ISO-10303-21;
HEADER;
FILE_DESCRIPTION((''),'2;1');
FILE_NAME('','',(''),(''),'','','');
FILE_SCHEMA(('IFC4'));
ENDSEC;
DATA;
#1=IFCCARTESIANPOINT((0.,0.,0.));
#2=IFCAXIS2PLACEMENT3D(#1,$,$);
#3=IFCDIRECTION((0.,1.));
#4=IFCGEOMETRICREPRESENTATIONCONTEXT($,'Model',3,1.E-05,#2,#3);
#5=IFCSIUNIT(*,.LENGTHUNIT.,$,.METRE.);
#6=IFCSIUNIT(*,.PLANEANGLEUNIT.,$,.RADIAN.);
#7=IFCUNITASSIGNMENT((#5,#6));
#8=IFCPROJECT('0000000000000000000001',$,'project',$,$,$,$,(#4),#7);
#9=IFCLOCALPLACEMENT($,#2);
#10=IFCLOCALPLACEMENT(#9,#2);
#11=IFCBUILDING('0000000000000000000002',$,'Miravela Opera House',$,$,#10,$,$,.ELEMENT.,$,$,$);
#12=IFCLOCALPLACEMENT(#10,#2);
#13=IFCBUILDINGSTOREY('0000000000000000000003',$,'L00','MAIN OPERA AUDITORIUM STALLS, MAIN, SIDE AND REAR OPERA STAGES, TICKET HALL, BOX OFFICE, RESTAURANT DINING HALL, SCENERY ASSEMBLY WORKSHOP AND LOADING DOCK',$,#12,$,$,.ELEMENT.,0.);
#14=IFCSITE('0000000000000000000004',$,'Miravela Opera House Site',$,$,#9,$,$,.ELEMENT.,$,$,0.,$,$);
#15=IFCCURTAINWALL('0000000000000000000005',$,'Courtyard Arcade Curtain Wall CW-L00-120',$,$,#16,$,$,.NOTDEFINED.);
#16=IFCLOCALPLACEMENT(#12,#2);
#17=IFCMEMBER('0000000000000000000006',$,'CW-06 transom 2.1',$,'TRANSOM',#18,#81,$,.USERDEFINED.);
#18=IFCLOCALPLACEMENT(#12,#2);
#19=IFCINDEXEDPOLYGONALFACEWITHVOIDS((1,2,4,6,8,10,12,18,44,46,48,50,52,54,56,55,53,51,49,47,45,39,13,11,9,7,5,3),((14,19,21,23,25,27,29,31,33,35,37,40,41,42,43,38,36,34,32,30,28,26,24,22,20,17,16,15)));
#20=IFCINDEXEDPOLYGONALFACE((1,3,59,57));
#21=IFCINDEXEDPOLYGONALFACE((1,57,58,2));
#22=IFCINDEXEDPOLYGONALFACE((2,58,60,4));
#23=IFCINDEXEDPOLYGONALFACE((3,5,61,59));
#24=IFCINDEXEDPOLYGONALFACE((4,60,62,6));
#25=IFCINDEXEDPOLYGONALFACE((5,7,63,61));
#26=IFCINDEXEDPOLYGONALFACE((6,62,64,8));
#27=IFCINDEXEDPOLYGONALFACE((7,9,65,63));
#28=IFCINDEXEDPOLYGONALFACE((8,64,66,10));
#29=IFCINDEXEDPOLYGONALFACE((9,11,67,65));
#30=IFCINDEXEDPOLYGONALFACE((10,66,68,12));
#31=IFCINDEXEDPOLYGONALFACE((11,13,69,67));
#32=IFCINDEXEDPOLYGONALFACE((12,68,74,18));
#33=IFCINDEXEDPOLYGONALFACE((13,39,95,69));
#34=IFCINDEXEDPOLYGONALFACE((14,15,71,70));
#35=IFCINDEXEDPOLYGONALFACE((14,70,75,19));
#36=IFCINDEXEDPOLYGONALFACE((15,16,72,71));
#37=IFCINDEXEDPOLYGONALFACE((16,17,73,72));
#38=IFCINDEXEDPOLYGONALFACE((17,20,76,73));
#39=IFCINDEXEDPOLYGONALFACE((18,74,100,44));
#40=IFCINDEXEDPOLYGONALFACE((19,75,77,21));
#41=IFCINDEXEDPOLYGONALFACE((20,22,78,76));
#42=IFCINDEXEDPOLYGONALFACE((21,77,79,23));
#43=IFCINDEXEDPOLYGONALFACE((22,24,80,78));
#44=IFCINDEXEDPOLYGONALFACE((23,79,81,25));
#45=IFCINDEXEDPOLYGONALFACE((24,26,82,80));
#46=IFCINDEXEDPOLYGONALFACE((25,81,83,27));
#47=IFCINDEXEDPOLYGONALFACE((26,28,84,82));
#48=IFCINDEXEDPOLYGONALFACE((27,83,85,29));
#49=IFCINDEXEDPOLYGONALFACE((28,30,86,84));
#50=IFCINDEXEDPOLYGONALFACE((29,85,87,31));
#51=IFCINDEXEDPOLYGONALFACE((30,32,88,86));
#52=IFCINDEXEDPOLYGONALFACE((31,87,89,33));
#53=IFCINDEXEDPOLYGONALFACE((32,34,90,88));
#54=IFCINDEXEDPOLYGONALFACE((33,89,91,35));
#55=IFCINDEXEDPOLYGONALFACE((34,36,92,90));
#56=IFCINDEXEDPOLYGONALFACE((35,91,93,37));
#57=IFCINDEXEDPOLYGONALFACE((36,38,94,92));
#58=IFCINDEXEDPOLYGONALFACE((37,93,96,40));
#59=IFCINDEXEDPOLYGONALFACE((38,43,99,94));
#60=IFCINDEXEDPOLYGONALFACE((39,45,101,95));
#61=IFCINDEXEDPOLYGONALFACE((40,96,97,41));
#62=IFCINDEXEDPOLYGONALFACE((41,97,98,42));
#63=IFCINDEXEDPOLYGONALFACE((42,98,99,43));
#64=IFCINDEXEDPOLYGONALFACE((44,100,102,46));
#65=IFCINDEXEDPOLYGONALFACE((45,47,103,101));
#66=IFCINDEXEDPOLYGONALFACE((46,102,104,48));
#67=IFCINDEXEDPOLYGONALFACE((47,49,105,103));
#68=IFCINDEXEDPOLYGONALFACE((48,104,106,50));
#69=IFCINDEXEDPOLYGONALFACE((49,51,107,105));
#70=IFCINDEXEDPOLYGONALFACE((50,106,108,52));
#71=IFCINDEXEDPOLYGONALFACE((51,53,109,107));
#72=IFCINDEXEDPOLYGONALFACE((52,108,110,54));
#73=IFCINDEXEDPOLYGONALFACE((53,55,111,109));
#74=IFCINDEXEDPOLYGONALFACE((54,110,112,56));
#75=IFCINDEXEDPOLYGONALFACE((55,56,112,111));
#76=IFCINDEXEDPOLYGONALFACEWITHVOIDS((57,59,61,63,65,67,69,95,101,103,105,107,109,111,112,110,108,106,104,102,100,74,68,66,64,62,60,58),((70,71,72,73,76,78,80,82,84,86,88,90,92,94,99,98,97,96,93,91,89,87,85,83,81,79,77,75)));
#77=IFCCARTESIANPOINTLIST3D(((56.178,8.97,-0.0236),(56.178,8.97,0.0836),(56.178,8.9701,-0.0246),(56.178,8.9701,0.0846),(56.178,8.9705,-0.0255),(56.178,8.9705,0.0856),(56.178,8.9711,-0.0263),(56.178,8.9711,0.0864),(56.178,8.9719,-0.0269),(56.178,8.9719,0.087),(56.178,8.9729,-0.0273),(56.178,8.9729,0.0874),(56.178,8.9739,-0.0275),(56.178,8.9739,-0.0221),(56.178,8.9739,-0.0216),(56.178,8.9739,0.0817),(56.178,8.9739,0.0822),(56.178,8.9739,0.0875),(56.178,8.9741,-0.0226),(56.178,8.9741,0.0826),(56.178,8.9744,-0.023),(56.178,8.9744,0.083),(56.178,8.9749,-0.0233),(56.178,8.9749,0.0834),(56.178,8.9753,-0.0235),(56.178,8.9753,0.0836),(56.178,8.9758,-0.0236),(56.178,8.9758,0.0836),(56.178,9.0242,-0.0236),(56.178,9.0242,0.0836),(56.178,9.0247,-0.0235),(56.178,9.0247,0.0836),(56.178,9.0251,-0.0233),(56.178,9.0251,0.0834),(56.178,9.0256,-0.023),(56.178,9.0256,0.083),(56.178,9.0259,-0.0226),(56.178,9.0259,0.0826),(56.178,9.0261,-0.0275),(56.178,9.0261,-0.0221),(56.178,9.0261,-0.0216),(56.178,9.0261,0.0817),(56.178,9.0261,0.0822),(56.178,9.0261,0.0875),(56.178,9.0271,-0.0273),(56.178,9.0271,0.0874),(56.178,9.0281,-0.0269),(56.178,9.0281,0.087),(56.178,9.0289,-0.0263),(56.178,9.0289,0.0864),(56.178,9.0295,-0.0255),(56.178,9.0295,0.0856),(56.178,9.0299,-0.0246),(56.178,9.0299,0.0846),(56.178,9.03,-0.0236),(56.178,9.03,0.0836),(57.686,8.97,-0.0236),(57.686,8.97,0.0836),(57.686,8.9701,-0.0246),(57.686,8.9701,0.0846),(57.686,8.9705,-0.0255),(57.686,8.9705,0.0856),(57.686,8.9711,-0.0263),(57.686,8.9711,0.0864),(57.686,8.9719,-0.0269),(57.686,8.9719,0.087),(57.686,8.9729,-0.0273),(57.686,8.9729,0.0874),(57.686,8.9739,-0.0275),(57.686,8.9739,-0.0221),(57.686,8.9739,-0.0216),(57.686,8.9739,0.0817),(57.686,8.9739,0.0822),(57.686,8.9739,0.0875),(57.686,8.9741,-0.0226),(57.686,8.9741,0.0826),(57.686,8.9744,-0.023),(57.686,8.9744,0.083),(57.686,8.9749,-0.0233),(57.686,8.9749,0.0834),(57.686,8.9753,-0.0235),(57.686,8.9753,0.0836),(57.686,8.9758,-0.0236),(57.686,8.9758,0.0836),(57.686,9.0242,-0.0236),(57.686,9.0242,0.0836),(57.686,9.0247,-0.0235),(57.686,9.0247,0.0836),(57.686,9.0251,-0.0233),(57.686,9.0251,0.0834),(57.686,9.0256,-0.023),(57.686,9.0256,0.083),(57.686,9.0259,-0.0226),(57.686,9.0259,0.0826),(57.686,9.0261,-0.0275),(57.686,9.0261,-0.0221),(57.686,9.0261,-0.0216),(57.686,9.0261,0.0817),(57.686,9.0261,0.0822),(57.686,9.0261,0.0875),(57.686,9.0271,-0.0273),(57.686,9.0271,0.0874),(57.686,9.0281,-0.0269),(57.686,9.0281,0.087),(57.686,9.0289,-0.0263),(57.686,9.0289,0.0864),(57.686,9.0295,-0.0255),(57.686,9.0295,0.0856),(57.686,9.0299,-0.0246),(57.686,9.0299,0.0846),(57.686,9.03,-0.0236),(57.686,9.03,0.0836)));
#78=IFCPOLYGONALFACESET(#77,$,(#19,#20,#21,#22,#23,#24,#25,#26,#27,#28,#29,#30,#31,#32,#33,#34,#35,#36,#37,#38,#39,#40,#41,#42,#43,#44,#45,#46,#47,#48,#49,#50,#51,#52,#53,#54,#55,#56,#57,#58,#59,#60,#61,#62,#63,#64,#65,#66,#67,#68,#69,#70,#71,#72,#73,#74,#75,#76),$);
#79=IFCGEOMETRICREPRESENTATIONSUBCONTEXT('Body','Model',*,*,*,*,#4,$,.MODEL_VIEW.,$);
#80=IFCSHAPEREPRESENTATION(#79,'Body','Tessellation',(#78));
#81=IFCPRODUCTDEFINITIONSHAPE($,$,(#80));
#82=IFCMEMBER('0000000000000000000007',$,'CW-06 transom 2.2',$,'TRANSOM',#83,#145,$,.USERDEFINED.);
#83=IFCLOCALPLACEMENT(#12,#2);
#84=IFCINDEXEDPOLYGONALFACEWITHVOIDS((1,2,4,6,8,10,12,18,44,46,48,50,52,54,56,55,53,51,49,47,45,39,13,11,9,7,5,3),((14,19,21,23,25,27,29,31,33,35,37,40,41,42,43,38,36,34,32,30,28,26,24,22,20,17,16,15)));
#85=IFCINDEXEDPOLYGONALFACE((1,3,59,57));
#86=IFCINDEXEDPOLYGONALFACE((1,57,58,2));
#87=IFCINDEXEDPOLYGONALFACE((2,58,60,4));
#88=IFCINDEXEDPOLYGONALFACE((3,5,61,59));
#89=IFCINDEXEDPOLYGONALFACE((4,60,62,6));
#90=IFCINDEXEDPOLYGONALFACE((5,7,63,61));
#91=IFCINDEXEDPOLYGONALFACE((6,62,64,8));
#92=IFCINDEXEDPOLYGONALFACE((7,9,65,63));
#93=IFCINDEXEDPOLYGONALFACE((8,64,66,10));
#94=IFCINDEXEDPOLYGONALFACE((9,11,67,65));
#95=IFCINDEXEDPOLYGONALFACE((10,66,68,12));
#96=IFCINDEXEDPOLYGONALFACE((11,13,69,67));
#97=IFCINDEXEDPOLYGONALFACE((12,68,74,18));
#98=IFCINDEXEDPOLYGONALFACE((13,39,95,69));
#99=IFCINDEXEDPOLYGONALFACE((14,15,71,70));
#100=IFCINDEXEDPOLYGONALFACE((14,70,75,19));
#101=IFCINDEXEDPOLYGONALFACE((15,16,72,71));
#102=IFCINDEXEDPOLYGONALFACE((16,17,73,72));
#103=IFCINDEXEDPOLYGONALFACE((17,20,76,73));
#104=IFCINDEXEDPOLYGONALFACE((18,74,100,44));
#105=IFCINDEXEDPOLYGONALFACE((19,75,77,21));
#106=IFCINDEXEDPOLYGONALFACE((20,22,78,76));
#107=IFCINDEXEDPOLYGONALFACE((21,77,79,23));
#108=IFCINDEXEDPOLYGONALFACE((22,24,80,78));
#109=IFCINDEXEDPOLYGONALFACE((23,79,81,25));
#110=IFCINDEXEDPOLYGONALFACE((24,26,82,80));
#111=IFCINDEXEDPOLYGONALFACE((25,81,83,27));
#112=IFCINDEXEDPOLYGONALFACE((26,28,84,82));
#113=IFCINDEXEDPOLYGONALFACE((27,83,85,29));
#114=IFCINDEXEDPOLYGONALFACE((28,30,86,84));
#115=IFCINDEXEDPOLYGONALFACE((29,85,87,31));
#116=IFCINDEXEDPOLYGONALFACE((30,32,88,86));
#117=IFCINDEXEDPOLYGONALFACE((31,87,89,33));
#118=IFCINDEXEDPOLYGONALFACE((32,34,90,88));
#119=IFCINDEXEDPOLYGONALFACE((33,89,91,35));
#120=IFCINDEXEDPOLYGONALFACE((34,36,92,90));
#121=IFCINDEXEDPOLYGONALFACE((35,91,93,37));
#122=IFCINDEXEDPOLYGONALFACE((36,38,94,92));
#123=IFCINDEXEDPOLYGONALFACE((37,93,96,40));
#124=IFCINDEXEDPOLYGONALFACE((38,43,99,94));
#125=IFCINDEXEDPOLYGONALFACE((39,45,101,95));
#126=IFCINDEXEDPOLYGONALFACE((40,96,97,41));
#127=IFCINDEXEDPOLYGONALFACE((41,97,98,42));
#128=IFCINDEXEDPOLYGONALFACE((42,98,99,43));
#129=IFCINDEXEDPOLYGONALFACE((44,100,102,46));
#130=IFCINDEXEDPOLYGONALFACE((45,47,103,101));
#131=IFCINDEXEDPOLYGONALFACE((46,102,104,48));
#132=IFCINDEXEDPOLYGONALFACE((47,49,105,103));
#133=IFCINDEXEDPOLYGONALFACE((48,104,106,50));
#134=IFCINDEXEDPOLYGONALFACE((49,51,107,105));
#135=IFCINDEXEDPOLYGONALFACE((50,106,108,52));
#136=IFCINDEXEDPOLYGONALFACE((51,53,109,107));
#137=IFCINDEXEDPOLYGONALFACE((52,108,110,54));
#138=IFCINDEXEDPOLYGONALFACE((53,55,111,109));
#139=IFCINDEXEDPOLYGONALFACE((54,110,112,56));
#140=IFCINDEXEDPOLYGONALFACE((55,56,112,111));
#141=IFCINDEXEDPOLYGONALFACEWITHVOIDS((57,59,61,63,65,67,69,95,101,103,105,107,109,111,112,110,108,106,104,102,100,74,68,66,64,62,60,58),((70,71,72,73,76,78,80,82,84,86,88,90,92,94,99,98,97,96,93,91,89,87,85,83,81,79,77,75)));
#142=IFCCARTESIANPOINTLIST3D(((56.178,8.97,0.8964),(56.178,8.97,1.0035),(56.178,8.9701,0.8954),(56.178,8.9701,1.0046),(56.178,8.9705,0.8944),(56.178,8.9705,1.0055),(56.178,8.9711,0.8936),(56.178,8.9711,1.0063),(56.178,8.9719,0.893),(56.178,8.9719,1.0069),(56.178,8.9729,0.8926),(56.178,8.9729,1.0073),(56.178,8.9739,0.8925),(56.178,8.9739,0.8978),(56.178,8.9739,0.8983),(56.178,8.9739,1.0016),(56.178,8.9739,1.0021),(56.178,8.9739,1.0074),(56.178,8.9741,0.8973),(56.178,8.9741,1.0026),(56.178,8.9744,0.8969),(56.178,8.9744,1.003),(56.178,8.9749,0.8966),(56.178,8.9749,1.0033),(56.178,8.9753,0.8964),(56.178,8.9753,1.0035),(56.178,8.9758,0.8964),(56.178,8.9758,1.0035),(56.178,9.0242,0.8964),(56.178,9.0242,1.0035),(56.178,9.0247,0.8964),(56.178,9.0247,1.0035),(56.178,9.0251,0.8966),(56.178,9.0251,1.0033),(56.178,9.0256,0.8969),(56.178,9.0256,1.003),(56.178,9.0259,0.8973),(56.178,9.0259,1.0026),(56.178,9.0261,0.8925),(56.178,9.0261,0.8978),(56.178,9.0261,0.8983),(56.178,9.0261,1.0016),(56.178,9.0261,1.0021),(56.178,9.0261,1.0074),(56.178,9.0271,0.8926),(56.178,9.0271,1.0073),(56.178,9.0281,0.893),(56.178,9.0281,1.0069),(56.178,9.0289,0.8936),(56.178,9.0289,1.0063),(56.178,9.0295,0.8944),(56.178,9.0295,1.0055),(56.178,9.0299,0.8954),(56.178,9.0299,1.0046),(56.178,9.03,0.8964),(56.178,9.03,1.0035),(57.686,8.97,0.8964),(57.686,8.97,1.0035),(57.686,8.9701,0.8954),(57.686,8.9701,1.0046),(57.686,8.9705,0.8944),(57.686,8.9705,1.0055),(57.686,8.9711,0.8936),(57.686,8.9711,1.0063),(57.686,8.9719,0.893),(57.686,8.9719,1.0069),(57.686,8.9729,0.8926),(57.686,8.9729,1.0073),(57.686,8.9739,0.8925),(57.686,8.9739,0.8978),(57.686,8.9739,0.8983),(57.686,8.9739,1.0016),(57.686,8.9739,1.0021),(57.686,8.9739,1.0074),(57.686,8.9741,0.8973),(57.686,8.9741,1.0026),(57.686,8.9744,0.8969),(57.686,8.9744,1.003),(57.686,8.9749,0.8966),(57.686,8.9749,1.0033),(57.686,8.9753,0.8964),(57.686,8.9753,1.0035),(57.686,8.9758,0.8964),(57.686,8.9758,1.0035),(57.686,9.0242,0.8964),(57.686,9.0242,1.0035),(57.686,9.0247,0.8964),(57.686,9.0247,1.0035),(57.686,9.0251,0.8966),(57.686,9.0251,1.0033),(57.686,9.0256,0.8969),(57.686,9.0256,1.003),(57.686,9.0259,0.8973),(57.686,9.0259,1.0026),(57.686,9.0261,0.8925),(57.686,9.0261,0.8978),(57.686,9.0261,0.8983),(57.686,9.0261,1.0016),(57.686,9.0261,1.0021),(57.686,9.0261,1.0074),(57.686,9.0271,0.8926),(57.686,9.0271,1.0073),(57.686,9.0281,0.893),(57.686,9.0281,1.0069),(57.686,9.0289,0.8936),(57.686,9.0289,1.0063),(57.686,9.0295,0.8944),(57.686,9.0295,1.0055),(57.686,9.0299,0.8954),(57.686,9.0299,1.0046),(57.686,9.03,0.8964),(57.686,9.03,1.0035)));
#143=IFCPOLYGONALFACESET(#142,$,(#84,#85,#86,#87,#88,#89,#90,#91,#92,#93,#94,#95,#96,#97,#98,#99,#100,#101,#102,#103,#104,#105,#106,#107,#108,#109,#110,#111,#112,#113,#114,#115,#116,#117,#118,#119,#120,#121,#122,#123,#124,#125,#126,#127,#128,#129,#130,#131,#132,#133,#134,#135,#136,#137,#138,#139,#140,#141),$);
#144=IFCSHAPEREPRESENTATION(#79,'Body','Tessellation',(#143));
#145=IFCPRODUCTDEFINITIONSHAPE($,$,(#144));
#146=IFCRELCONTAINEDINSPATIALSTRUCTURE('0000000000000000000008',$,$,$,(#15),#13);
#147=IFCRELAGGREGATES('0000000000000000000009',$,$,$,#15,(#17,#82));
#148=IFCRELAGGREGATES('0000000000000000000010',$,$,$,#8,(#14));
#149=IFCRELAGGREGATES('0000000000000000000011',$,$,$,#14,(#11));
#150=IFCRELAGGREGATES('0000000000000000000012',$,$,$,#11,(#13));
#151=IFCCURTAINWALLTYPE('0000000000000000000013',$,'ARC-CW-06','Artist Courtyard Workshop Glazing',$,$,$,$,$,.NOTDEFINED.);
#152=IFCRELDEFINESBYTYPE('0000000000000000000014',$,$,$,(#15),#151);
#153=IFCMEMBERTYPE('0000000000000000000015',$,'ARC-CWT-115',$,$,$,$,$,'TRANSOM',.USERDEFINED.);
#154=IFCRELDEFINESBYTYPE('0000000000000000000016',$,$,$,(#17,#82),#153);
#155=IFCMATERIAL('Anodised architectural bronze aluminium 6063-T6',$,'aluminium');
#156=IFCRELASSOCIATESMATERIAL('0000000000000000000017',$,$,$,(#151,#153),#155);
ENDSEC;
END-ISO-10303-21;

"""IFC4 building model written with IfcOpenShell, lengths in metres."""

from ifc_helpers import new_model, si_unit, direction, frame, origin, origin_2d, place, context, subcontext, project, spatial, hollow_rectangle, extrude, material, material_profile, profile_set, type_object, element, aggregate, save


model = new_model("IFC4")

# Units and contexts
model_context = context("Model", 3, precision=1e-05, world=origin(), true_north=direction((0.0, 1.0)))
body_context = subcontext(model_context, "Body", "Model", "MODEL_VIEW")
ifc_project = project(units=[si_unit("LENGTHUNIT", "METRE"), si_unit("PLANEANGLEUNIT", "RADIAN")], contexts=[model_context])

# Site, building, storey
site_placement = place(None, origin())
site = spatial("IfcSite", under=ifc_project, at=site_placement, Name="Miravela Opera House Site", CompositionType="ELEMENT", RefElevation=0.0)
building_placement = place(site_placement, origin())
building = spatial("IfcBuilding", under=site, at=building_placement, Name="Miravela Opera House", CompositionType="ELEMENT")
storey_placement = place(building_placement, origin())
storey = spatial("IfcBuildingStorey", under=building, at=storey_placement, Name="L00", Description="MAIN OPERA AUDITORIUM STALLS, MAIN, SIDE AND REAR OPERA STAGES, TICKET HALL, BOX OFFICE, RESTAURANT DINING HALL, SCENERY ASSEMBLY WORKSHOP AND LOADING DOCK", CompositionType="ELEMENT", Elevation=0.0)

# Shared definitions
ifc_material_1 = material(Name="Anodised architectural bronze aluminium 6063-T6", Category="aluminium")
curtain_wall_type = type_object("IfcCurtainWallType", Name="ARC-CW-06", Description="Artist Courtyard Workshop Glazing", PredefinedType="NOTDEFINED", material=ifc_material_1)

# Curtain wall, members
curtain_wall_1_placement = place(storey_placement, origin())
curtain_wall_1 = element("IfcCurtainWall", 1, at=curtain_wall_1_placement, inside=storey, type_object=curtain_wall_type, Name="Courtyard Arcade Curtain Wall CW-L00-120", PredefinedType="NOTDEFINED")
ifc_material_profile_1 = material_profile(ifc_material_1, hollow_rectangle(XDim=0.0601, YDim=0.115, WallThickness=0.0039, InnerFilletRadius=0.002, OuterFilletRadius=0.0039, at=origin_2d()), Name="CWT-60X115")
ifc_profile_set_1 = profile_set([ifc_material_profile_1])
member_type_1 = type_object("IfcMemberType", Name="ARC-CWT-115", ElementType="TRANSOM", PredefinedType="USERDEFINED", material=ifc_profile_set_1)
member_1_placement = place(storey_placement, frame((56.178, 9.0, 0.03), z_axis=(1.0, 0.0, 0.0), x_axis=(0.0, 1.0, 0.0)))
member_1 = element("IfcMember", 2, at=member_1_placement, type_object=member_type_1, Name="CW-06 transom 2.1", ObjectType="TRANSOM", PredefinedType="USERDEFINED", context=body_context, shape_type="SweptSolid", body=[
    extrude(hollow_rectangle(XDim=0.0601, YDim=0.115, WallThickness=0.0039, InnerFilletRadius=0.002, OuterFilletRadius=0.0039, at=origin_2d()), origin(), (0.0, 0.0, 1.0), 1.5081),
])
member_2_placement = place(storey_placement, frame((56.178, 9.0, 0.95), z_axis=(1.0, 0.0, 0.0), x_axis=(0.0, 1.0, 0.0)))
member_2 = element("IfcMember", 3, at=member_2_placement, type_object=member_type_1, Name="CW-06 transom 2.2", ObjectType="TRANSOM", PredefinedType="USERDEFINED", context=body_context, shape_type="SweptSolid", body=[
    extrude(hollow_rectangle(XDim=0.0601, YDim=0.115, WallThickness=0.0039, InnerFilletRadius=0.002, OuterFilletRadius=0.0039, at=origin_2d()), origin(), (0.0, 0.0, 1.0), 1.5081),
])

aggregate(curtain_wall_1, [member_1, member_2])

save(model, "model.ifc")
